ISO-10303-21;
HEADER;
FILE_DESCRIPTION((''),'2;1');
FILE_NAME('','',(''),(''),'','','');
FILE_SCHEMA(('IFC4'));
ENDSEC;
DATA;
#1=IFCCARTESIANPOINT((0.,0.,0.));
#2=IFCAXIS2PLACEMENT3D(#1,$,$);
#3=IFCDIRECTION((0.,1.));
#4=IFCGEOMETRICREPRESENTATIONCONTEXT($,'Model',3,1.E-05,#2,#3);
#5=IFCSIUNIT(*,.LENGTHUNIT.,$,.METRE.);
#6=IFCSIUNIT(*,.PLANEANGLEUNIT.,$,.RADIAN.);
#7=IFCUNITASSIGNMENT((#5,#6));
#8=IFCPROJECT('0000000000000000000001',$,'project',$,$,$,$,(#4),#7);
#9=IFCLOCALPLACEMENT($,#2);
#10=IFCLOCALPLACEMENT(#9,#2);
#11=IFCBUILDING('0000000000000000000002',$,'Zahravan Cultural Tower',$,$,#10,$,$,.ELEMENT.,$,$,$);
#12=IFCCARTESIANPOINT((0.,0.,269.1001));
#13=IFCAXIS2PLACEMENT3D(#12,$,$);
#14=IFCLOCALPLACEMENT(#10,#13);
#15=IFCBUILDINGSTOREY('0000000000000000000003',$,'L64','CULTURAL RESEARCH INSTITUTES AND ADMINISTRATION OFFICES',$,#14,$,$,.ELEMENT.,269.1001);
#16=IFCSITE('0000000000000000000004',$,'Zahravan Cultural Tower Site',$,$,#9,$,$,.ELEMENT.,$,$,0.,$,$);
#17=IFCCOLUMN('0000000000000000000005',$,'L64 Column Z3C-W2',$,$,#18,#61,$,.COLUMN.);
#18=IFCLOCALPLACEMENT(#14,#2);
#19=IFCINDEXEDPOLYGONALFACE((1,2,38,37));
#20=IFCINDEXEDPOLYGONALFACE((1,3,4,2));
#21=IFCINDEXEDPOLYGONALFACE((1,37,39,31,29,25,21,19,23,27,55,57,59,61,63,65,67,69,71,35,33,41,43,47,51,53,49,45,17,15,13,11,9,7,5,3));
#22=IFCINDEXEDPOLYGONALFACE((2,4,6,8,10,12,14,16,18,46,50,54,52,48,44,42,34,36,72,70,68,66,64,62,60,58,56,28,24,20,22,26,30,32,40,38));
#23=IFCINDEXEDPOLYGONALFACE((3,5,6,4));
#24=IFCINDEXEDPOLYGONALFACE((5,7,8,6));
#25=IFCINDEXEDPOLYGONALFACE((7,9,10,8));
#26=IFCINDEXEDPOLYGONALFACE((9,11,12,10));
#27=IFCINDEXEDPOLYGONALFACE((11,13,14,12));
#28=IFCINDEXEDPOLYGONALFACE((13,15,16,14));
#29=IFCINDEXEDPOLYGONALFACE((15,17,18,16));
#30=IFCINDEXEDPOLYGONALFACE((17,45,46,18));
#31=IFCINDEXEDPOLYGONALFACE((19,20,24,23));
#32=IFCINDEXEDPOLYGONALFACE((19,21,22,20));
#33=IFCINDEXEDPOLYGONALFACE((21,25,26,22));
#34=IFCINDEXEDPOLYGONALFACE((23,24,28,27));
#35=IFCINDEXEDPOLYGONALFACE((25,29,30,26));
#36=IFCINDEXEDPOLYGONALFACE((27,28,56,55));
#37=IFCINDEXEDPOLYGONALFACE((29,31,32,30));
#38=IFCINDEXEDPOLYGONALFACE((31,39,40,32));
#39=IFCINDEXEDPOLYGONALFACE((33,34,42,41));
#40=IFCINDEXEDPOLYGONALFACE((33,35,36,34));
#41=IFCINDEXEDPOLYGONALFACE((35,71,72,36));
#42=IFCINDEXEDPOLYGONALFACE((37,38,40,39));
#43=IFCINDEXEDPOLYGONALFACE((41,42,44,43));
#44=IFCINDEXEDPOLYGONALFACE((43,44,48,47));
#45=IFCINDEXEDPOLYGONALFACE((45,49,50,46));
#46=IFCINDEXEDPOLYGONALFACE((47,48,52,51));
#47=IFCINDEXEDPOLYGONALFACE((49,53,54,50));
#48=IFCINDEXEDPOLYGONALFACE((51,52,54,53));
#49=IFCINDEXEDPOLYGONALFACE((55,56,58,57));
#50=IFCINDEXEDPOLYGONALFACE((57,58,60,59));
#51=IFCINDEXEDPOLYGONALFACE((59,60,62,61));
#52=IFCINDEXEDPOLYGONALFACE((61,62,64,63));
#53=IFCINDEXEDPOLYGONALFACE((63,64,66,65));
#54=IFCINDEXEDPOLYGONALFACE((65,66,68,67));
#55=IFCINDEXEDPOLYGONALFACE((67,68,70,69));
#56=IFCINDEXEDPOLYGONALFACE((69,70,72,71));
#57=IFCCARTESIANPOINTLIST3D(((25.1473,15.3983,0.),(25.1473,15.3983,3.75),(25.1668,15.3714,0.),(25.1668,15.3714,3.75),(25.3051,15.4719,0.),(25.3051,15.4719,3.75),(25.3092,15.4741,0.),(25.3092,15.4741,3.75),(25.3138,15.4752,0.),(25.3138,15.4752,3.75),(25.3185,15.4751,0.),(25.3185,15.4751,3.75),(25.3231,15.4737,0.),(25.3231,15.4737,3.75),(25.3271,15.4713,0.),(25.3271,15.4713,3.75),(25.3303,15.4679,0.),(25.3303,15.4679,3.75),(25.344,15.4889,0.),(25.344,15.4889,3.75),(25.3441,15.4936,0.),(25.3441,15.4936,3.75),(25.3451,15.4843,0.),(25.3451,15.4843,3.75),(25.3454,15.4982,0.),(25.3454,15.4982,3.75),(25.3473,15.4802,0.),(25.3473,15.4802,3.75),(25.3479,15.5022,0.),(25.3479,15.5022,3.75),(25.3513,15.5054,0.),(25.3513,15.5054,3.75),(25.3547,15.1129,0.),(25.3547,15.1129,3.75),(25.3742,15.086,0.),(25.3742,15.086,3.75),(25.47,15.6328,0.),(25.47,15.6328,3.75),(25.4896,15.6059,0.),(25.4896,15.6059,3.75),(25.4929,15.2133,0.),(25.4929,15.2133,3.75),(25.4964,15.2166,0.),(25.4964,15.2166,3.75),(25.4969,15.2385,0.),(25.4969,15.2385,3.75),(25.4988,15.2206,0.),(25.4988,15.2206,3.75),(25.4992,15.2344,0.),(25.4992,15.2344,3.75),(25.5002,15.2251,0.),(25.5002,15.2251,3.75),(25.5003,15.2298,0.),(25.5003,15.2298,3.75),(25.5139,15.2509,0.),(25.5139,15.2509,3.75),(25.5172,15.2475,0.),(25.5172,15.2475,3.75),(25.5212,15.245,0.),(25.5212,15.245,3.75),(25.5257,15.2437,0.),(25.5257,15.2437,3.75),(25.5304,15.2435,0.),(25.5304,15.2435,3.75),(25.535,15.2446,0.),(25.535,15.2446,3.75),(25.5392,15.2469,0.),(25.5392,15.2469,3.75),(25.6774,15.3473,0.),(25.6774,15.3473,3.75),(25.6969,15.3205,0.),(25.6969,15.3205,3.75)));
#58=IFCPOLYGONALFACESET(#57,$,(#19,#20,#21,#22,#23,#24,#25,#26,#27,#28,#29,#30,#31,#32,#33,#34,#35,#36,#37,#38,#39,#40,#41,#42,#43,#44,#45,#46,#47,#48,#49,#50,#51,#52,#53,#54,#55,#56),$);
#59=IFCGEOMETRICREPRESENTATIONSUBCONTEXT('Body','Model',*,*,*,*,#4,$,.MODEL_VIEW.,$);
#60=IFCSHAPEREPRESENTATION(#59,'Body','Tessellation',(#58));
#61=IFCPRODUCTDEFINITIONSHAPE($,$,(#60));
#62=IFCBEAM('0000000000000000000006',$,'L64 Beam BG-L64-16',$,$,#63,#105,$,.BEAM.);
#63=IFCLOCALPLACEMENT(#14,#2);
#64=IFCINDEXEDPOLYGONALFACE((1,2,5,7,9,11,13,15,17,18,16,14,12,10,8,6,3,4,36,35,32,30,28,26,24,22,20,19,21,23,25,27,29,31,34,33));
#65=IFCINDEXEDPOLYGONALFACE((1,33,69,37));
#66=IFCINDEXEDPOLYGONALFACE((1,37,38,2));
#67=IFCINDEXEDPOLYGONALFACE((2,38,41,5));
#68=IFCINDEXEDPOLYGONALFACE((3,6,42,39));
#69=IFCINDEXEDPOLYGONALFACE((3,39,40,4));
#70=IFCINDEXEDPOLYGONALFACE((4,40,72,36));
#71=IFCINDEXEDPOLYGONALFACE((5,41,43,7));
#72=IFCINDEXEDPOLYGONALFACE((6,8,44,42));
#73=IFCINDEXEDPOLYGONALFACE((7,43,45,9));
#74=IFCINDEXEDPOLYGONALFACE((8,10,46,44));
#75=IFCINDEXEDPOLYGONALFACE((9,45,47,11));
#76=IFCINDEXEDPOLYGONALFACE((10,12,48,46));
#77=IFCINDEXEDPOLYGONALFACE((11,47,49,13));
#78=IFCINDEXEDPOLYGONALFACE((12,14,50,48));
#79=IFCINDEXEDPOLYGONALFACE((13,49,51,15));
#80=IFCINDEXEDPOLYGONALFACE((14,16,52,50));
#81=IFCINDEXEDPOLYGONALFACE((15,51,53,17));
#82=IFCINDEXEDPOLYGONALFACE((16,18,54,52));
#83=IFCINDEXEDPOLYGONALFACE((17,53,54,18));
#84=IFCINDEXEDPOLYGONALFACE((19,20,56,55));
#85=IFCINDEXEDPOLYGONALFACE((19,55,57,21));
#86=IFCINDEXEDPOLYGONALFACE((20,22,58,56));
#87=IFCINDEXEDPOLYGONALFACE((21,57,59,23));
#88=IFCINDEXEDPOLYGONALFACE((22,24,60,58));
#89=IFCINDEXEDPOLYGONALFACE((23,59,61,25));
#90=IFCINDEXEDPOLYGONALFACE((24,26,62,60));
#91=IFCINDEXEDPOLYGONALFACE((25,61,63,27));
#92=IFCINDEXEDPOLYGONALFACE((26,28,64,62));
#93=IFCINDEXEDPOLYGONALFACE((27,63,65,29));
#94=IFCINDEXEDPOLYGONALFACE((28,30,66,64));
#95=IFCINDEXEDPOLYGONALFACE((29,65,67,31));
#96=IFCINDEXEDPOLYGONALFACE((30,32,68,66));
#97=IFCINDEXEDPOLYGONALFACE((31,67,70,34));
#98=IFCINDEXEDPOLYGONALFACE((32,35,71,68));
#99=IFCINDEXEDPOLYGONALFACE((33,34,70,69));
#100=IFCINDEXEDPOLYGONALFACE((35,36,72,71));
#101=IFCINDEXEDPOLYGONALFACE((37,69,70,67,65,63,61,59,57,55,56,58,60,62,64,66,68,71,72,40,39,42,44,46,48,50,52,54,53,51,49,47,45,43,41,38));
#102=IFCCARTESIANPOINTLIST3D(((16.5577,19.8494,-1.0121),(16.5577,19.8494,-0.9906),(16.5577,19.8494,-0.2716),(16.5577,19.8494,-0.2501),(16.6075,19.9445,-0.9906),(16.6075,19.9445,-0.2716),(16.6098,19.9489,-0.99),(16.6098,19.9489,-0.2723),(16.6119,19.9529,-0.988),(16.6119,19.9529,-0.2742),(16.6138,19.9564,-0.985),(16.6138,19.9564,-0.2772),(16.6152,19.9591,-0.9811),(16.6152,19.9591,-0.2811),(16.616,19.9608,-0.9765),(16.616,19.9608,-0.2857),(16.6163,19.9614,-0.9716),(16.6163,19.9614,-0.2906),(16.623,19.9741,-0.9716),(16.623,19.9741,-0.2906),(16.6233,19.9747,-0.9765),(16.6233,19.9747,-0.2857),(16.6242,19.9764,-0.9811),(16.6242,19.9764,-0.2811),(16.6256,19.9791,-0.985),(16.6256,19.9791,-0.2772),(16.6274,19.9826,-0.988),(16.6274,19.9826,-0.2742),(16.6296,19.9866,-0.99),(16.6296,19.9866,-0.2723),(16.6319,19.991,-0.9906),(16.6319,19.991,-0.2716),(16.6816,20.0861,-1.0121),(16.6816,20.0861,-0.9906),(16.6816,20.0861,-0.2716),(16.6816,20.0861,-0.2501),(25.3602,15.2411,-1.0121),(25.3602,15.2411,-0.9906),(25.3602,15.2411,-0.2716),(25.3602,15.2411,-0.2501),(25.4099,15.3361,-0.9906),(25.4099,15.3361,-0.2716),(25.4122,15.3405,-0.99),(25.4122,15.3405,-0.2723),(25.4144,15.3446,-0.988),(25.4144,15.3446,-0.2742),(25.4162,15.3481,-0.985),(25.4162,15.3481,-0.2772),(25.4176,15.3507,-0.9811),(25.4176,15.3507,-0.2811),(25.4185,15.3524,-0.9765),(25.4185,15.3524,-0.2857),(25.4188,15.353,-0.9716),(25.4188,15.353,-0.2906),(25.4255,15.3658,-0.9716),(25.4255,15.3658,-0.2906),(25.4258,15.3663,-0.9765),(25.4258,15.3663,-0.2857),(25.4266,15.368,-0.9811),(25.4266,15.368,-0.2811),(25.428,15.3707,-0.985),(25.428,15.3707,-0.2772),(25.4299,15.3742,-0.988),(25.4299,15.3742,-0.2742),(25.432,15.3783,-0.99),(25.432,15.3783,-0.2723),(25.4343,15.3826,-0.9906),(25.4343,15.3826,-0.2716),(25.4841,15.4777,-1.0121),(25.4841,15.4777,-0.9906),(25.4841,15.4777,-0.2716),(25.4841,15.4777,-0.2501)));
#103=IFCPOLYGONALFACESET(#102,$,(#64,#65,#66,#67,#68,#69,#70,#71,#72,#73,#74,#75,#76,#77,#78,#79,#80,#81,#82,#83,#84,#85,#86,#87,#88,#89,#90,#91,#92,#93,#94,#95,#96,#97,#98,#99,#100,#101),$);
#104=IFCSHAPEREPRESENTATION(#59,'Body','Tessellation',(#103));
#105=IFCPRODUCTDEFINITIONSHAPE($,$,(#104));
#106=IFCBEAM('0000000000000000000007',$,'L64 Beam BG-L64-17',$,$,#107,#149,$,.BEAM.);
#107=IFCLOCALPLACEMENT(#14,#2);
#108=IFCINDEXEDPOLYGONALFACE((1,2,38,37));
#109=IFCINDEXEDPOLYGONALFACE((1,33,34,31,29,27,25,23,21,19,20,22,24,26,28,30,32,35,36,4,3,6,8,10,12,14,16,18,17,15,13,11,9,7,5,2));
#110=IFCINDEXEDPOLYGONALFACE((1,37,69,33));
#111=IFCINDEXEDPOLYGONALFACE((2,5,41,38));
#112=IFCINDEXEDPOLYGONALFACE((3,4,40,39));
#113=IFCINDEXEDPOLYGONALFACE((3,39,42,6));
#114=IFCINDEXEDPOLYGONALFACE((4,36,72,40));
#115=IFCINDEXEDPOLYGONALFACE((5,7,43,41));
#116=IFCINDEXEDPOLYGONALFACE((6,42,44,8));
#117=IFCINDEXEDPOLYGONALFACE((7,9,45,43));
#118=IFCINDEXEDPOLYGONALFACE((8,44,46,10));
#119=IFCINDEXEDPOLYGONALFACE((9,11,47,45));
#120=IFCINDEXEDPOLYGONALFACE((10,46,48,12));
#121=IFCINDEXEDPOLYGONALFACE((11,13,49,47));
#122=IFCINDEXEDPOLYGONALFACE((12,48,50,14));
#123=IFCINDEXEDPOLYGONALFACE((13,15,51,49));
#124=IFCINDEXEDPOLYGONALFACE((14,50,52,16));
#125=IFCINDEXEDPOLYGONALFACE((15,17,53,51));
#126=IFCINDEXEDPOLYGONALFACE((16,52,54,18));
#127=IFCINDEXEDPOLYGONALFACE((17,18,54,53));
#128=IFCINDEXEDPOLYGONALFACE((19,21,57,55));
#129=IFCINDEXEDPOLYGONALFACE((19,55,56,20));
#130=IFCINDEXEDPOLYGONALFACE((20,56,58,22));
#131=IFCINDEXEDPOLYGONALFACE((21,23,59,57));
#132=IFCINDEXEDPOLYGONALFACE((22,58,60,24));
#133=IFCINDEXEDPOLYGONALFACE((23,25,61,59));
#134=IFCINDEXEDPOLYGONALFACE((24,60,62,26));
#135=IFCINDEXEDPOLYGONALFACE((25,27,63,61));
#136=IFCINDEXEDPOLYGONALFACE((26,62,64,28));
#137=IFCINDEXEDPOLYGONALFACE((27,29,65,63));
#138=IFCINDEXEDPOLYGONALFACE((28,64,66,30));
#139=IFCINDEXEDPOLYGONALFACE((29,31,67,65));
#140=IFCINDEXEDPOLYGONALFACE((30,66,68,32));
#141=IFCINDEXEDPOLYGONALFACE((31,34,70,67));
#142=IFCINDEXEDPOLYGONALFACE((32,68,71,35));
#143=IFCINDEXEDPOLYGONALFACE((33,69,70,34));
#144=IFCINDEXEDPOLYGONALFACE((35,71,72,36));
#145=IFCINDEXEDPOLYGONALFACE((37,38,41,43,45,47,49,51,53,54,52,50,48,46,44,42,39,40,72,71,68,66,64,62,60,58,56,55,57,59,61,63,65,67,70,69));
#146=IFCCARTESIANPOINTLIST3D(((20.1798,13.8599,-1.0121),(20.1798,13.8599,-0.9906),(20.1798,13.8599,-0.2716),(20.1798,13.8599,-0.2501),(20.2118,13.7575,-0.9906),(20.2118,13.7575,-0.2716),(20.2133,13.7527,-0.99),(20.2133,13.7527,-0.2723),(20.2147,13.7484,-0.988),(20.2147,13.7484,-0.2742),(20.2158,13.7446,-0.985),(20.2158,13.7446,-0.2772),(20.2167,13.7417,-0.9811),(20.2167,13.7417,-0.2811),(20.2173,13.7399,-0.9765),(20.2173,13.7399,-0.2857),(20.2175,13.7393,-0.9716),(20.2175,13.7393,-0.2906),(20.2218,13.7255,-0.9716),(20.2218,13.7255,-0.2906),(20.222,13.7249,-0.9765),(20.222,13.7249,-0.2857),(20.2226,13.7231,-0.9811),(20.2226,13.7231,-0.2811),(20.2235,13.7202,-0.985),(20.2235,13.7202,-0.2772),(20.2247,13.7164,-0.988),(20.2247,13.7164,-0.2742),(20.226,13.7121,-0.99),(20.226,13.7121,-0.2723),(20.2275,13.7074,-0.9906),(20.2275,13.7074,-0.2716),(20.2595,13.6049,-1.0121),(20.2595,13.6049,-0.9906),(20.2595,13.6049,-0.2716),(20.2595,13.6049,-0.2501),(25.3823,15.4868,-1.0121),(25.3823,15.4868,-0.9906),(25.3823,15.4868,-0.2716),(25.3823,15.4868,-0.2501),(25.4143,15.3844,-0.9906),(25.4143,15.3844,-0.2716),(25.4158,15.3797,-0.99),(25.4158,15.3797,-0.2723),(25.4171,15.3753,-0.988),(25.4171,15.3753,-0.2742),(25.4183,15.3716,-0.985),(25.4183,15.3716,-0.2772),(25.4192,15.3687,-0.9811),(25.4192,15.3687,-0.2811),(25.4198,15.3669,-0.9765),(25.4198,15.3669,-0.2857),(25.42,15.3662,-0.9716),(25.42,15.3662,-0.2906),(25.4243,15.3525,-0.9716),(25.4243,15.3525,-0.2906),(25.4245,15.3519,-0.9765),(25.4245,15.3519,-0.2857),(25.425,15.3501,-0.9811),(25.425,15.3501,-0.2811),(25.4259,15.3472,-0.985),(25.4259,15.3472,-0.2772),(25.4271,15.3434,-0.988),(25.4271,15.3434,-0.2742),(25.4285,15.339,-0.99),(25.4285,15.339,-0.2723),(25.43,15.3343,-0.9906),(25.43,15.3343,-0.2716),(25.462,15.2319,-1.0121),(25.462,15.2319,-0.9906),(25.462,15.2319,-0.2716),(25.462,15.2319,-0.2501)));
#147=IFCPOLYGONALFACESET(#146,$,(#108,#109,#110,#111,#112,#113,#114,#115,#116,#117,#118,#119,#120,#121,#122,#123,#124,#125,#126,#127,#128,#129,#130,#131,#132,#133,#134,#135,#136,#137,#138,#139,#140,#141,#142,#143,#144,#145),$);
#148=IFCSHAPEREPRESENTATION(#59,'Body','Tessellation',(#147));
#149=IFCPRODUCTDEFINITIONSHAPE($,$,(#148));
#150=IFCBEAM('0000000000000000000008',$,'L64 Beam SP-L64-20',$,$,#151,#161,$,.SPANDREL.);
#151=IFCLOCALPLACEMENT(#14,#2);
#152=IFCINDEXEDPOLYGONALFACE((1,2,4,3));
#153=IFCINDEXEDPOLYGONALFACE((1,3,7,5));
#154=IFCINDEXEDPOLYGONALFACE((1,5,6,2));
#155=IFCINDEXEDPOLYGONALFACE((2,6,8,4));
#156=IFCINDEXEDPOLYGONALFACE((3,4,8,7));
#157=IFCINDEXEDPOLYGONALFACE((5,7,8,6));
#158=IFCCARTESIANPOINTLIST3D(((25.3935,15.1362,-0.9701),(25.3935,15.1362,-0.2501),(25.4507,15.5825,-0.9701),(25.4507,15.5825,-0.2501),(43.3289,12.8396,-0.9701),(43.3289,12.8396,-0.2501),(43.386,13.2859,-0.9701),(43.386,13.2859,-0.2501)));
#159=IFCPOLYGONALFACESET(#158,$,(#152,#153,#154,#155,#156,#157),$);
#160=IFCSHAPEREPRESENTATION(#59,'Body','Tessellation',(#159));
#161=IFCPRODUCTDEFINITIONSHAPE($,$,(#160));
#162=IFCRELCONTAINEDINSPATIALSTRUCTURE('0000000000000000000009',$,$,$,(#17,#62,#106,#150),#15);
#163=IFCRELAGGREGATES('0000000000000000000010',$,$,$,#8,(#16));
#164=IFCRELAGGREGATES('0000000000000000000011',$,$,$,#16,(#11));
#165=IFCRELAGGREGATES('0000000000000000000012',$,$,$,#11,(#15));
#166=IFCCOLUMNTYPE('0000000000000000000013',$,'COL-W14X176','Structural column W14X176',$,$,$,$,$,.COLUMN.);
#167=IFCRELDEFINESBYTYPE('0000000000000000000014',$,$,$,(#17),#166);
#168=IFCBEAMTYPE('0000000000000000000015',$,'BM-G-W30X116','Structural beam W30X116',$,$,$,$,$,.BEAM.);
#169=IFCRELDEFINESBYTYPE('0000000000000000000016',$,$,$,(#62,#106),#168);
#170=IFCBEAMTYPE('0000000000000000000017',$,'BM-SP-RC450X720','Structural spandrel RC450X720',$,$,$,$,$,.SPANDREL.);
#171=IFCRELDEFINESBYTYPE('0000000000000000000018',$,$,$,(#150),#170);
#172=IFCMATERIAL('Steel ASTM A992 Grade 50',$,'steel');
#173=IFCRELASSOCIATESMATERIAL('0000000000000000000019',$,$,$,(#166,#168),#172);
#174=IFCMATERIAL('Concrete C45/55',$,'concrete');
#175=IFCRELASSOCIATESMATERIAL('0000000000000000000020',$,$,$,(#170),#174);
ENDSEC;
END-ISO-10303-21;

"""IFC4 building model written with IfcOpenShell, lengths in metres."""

from ifc_helpers import new_model, si_unit, direction, frame, origin, origin_2d, place, context, subcontext, project, spatial, rectangle, i_section, extrude, source, transform, mapped, material, material_profile, profile_set, type_object, element, save


model = new_model("IFC4")

# Units and contexts
model_context = context("Model", 3, precision=1e-05, world=origin(), true_north=direction((0.0, 1.0)))
body_context = subcontext(model_context, "Body", "Model", "MODEL_VIEW")
ifc_project = project(units=[si_unit("LENGTHUNIT", "METRE"), si_unit("PLANEANGLEUNIT", "RADIAN")], contexts=[model_context])

# Site, building, storey
site_placement = place(None, origin())
site = spatial("IfcSite", under=ifc_project, at=site_placement, Name="Zahravan Cultural Tower Site", CompositionType="ELEMENT", RefElevation=0.0)
building_placement = place(site_placement, origin())
building = spatial("IfcBuilding", under=site, at=building_placement, Name="Zahravan Cultural Tower", CompositionType="ELEMENT")
storey_placement = place(building_placement, frame((0.0, 0.0, 269.1001)))
storey = spatial("IfcBuildingStorey", under=building, at=storey_placement, Name="L64", Description="CULTURAL RESEARCH INSTITUTES AND ADMINISTRATION OFFICES", CompositionType="ELEMENT", Elevation=269.1001)

# Column
ifc_material_1 = material(Name="Steel ASTM A992 Grade 50", Category="steel")
ifc_material_profile_1 = material_profile(ifc_material_1, i_section(OverallWidth=0.3989, OverallDepth=0.386, WebThickness=0.021, FlangeThickness=0.0332, FilletRadius=0.0181, at=origin_2d()), Name="W14X176")
ifc_profile_set_1 = profile_set([ifc_material_profile_1], Name="Steel ASTM A992 Grade 50")
column_type = type_object("IfcColumnType", Name="COL-W14X176", Description="Structural column W14X176", PredefinedType="COLUMN", material=ifc_profile_set_1)
shared_shape_1 = source(origin(), body_context, "Body", "SweptSolid", [
    extrude(i_section(OverallWidth=0.3989, OverallDepth=0.386, WebThickness=0.021, FlangeThickness=0.0332, FilletRadius=0.0181, at=origin_2d()), origin(), (0.0, 0.0, 1.0), 3.75),
])
column_placement = place(storey_placement, frame((25.4221, 15.3594, 0.0), z_axis=(0.0, 0.0, 1.0), x_axis=(0.809017, 0.587785, 0.0)))
element("IfcColumn", 1, at=column_placement, inside=storey, type_object=column_type, Name="L64 Column Z3C-W2", PredefinedType="COLUMN", context=body_context, shape_type="MappedRepresentation", body=[
    mapped(shared_shape_1, transform((0.0, 0.0, 0.0), x_axis=(1.0, 0.0, 0.0), y_axis=(0.0, 1.0, 0.0), z_axis=(0.0, 0.0, 1.0), scale=1.0)),
])

# Beams
ifc_material_profile_2 = material_profile(ifc_material_1, i_section(OverallWidth=0.2671, OverallDepth=0.762, WebThickness=0.0144, FlangeThickness=0.0215, FilletRadius=0.019, at=origin_2d()), Name="W30X116")
ifc_profile_set_2 = profile_set([ifc_material_profile_2], Name="Steel ASTM A992 Grade 50")
beam_type_1 = type_object("IfcBeamType", Name="BM-G-W30X116", Description="Structural beam W30X116", PredefinedType="BEAM", material=ifc_profile_set_2)
shared_shape_2 = source(origin(), body_context, "Body", "SweptSolid", [
    extrude(i_section(OverallWidth=0.2671, OverallDepth=0.762, WebThickness=0.0144, FlangeThickness=0.0215, FilletRadius=0.019, at=origin_2d()), origin(), (0.0, 0.0, 1.0), 9.9358),
])
beam_1_placement = place(storey_placement, frame((25.4221, 15.3594, -0.6311), z_axis=(-0.885932, 0.463815, 0.0), x_axis=(-0.463815, -0.885932, 0.0)))
element("IfcBeam", 2, at=beam_1_placement, inside=storey, type_object=beam_type_1, Name="L64 Beam BG-L64-16", PredefinedType="BEAM", context=body_context, shape_type="MappedRepresentation", body=[
    mapped(shared_shape_2, transform((0.0, 0.0, 0.0), x_axis=(1.0, 0.0, 0.0), y_axis=(0.0, 1.0, 0.0), z_axis=(0.0, 0.0, 1.0), scale=1.0)),
])
shared_shape_3 = source(origin(), body_context, "Body", "SweptSolid", [
    extrude(i_section(OverallWidth=0.2671, OverallDepth=0.762, WebThickness=0.0144, FlangeThickness=0.0215, FilletRadius=0.019, at=origin_2d()), origin(), (0.0, 0.0, 1.0), 5.4509),
])
beam_2_placement = place(storey_placement, frame((25.4221, 15.3594, -0.6311), z_axis=(-0.954417, -0.298476, 0.0), x_axis=(0.298476, -0.954417, 0.0)))
element("IfcBeam", 3, at=beam_2_placement, inside=storey, type_object=beam_type_1, Name="L64 Beam BG-L64-17", PredefinedType="BEAM", context=body_context, shape_type="MappedRepresentation", body=[
    mapped(shared_shape_3, transform((0.0, 0.0, 0.0), x_axis=(1.0, 0.0, 0.0), y_axis=(0.0, 1.0, 0.0), z_axis=(0.0, 0.0, 1.0), scale=1.0)),
])
ifc_material_2 = material(Name="Concrete C45/55", Category="concrete")
ifc_material_profile_3 = material_profile(ifc_material_2, rectangle(XDim=0.45, YDim=0.72, at=origin_2d()), Name="RC450X720")
ifc_profile_set_3 = profile_set([ifc_material_profile_3], Name="Concrete C45/55")
beam_type_2 = type_object("IfcBeamType", Name="BM-SP-RC450X720", Description="Structural spandrel RC450X720", PredefinedType="SPANDREL", material=ifc_profile_set_3)
shared_shape_4 = source(origin(), body_context, "Body", "SweptSolid", [
    extrude(rectangle(XDim=0.45, YDim=0.72, at=origin_2d()), origin(), (0.0, 0.0, 1.0), 18.0818),
])
beam_3_placement = place(storey_placement, frame((25.4221, 15.3594, -0.6101), z_axis=(0.991901, -0.127014, 0.0), x_axis=(0.127014, 0.991901, 0.0)))
element("IfcBeam", 4, at=beam_3_placement, inside=storey, type_object=beam_type_2, Name="L64 Beam SP-L64-20", PredefinedType="SPANDREL", context=body_context, shape_type="MappedRepresentation", body=[
    mapped(shared_shape_4, transform((0.0, 0.0, 0.0), x_axis=(1.0, 0.0, 0.0), y_axis=(0.0, 1.0, 0.0), z_axis=(0.0, 0.0, 1.0), scale=1.0)),
])

save(model, "model.ifc")
